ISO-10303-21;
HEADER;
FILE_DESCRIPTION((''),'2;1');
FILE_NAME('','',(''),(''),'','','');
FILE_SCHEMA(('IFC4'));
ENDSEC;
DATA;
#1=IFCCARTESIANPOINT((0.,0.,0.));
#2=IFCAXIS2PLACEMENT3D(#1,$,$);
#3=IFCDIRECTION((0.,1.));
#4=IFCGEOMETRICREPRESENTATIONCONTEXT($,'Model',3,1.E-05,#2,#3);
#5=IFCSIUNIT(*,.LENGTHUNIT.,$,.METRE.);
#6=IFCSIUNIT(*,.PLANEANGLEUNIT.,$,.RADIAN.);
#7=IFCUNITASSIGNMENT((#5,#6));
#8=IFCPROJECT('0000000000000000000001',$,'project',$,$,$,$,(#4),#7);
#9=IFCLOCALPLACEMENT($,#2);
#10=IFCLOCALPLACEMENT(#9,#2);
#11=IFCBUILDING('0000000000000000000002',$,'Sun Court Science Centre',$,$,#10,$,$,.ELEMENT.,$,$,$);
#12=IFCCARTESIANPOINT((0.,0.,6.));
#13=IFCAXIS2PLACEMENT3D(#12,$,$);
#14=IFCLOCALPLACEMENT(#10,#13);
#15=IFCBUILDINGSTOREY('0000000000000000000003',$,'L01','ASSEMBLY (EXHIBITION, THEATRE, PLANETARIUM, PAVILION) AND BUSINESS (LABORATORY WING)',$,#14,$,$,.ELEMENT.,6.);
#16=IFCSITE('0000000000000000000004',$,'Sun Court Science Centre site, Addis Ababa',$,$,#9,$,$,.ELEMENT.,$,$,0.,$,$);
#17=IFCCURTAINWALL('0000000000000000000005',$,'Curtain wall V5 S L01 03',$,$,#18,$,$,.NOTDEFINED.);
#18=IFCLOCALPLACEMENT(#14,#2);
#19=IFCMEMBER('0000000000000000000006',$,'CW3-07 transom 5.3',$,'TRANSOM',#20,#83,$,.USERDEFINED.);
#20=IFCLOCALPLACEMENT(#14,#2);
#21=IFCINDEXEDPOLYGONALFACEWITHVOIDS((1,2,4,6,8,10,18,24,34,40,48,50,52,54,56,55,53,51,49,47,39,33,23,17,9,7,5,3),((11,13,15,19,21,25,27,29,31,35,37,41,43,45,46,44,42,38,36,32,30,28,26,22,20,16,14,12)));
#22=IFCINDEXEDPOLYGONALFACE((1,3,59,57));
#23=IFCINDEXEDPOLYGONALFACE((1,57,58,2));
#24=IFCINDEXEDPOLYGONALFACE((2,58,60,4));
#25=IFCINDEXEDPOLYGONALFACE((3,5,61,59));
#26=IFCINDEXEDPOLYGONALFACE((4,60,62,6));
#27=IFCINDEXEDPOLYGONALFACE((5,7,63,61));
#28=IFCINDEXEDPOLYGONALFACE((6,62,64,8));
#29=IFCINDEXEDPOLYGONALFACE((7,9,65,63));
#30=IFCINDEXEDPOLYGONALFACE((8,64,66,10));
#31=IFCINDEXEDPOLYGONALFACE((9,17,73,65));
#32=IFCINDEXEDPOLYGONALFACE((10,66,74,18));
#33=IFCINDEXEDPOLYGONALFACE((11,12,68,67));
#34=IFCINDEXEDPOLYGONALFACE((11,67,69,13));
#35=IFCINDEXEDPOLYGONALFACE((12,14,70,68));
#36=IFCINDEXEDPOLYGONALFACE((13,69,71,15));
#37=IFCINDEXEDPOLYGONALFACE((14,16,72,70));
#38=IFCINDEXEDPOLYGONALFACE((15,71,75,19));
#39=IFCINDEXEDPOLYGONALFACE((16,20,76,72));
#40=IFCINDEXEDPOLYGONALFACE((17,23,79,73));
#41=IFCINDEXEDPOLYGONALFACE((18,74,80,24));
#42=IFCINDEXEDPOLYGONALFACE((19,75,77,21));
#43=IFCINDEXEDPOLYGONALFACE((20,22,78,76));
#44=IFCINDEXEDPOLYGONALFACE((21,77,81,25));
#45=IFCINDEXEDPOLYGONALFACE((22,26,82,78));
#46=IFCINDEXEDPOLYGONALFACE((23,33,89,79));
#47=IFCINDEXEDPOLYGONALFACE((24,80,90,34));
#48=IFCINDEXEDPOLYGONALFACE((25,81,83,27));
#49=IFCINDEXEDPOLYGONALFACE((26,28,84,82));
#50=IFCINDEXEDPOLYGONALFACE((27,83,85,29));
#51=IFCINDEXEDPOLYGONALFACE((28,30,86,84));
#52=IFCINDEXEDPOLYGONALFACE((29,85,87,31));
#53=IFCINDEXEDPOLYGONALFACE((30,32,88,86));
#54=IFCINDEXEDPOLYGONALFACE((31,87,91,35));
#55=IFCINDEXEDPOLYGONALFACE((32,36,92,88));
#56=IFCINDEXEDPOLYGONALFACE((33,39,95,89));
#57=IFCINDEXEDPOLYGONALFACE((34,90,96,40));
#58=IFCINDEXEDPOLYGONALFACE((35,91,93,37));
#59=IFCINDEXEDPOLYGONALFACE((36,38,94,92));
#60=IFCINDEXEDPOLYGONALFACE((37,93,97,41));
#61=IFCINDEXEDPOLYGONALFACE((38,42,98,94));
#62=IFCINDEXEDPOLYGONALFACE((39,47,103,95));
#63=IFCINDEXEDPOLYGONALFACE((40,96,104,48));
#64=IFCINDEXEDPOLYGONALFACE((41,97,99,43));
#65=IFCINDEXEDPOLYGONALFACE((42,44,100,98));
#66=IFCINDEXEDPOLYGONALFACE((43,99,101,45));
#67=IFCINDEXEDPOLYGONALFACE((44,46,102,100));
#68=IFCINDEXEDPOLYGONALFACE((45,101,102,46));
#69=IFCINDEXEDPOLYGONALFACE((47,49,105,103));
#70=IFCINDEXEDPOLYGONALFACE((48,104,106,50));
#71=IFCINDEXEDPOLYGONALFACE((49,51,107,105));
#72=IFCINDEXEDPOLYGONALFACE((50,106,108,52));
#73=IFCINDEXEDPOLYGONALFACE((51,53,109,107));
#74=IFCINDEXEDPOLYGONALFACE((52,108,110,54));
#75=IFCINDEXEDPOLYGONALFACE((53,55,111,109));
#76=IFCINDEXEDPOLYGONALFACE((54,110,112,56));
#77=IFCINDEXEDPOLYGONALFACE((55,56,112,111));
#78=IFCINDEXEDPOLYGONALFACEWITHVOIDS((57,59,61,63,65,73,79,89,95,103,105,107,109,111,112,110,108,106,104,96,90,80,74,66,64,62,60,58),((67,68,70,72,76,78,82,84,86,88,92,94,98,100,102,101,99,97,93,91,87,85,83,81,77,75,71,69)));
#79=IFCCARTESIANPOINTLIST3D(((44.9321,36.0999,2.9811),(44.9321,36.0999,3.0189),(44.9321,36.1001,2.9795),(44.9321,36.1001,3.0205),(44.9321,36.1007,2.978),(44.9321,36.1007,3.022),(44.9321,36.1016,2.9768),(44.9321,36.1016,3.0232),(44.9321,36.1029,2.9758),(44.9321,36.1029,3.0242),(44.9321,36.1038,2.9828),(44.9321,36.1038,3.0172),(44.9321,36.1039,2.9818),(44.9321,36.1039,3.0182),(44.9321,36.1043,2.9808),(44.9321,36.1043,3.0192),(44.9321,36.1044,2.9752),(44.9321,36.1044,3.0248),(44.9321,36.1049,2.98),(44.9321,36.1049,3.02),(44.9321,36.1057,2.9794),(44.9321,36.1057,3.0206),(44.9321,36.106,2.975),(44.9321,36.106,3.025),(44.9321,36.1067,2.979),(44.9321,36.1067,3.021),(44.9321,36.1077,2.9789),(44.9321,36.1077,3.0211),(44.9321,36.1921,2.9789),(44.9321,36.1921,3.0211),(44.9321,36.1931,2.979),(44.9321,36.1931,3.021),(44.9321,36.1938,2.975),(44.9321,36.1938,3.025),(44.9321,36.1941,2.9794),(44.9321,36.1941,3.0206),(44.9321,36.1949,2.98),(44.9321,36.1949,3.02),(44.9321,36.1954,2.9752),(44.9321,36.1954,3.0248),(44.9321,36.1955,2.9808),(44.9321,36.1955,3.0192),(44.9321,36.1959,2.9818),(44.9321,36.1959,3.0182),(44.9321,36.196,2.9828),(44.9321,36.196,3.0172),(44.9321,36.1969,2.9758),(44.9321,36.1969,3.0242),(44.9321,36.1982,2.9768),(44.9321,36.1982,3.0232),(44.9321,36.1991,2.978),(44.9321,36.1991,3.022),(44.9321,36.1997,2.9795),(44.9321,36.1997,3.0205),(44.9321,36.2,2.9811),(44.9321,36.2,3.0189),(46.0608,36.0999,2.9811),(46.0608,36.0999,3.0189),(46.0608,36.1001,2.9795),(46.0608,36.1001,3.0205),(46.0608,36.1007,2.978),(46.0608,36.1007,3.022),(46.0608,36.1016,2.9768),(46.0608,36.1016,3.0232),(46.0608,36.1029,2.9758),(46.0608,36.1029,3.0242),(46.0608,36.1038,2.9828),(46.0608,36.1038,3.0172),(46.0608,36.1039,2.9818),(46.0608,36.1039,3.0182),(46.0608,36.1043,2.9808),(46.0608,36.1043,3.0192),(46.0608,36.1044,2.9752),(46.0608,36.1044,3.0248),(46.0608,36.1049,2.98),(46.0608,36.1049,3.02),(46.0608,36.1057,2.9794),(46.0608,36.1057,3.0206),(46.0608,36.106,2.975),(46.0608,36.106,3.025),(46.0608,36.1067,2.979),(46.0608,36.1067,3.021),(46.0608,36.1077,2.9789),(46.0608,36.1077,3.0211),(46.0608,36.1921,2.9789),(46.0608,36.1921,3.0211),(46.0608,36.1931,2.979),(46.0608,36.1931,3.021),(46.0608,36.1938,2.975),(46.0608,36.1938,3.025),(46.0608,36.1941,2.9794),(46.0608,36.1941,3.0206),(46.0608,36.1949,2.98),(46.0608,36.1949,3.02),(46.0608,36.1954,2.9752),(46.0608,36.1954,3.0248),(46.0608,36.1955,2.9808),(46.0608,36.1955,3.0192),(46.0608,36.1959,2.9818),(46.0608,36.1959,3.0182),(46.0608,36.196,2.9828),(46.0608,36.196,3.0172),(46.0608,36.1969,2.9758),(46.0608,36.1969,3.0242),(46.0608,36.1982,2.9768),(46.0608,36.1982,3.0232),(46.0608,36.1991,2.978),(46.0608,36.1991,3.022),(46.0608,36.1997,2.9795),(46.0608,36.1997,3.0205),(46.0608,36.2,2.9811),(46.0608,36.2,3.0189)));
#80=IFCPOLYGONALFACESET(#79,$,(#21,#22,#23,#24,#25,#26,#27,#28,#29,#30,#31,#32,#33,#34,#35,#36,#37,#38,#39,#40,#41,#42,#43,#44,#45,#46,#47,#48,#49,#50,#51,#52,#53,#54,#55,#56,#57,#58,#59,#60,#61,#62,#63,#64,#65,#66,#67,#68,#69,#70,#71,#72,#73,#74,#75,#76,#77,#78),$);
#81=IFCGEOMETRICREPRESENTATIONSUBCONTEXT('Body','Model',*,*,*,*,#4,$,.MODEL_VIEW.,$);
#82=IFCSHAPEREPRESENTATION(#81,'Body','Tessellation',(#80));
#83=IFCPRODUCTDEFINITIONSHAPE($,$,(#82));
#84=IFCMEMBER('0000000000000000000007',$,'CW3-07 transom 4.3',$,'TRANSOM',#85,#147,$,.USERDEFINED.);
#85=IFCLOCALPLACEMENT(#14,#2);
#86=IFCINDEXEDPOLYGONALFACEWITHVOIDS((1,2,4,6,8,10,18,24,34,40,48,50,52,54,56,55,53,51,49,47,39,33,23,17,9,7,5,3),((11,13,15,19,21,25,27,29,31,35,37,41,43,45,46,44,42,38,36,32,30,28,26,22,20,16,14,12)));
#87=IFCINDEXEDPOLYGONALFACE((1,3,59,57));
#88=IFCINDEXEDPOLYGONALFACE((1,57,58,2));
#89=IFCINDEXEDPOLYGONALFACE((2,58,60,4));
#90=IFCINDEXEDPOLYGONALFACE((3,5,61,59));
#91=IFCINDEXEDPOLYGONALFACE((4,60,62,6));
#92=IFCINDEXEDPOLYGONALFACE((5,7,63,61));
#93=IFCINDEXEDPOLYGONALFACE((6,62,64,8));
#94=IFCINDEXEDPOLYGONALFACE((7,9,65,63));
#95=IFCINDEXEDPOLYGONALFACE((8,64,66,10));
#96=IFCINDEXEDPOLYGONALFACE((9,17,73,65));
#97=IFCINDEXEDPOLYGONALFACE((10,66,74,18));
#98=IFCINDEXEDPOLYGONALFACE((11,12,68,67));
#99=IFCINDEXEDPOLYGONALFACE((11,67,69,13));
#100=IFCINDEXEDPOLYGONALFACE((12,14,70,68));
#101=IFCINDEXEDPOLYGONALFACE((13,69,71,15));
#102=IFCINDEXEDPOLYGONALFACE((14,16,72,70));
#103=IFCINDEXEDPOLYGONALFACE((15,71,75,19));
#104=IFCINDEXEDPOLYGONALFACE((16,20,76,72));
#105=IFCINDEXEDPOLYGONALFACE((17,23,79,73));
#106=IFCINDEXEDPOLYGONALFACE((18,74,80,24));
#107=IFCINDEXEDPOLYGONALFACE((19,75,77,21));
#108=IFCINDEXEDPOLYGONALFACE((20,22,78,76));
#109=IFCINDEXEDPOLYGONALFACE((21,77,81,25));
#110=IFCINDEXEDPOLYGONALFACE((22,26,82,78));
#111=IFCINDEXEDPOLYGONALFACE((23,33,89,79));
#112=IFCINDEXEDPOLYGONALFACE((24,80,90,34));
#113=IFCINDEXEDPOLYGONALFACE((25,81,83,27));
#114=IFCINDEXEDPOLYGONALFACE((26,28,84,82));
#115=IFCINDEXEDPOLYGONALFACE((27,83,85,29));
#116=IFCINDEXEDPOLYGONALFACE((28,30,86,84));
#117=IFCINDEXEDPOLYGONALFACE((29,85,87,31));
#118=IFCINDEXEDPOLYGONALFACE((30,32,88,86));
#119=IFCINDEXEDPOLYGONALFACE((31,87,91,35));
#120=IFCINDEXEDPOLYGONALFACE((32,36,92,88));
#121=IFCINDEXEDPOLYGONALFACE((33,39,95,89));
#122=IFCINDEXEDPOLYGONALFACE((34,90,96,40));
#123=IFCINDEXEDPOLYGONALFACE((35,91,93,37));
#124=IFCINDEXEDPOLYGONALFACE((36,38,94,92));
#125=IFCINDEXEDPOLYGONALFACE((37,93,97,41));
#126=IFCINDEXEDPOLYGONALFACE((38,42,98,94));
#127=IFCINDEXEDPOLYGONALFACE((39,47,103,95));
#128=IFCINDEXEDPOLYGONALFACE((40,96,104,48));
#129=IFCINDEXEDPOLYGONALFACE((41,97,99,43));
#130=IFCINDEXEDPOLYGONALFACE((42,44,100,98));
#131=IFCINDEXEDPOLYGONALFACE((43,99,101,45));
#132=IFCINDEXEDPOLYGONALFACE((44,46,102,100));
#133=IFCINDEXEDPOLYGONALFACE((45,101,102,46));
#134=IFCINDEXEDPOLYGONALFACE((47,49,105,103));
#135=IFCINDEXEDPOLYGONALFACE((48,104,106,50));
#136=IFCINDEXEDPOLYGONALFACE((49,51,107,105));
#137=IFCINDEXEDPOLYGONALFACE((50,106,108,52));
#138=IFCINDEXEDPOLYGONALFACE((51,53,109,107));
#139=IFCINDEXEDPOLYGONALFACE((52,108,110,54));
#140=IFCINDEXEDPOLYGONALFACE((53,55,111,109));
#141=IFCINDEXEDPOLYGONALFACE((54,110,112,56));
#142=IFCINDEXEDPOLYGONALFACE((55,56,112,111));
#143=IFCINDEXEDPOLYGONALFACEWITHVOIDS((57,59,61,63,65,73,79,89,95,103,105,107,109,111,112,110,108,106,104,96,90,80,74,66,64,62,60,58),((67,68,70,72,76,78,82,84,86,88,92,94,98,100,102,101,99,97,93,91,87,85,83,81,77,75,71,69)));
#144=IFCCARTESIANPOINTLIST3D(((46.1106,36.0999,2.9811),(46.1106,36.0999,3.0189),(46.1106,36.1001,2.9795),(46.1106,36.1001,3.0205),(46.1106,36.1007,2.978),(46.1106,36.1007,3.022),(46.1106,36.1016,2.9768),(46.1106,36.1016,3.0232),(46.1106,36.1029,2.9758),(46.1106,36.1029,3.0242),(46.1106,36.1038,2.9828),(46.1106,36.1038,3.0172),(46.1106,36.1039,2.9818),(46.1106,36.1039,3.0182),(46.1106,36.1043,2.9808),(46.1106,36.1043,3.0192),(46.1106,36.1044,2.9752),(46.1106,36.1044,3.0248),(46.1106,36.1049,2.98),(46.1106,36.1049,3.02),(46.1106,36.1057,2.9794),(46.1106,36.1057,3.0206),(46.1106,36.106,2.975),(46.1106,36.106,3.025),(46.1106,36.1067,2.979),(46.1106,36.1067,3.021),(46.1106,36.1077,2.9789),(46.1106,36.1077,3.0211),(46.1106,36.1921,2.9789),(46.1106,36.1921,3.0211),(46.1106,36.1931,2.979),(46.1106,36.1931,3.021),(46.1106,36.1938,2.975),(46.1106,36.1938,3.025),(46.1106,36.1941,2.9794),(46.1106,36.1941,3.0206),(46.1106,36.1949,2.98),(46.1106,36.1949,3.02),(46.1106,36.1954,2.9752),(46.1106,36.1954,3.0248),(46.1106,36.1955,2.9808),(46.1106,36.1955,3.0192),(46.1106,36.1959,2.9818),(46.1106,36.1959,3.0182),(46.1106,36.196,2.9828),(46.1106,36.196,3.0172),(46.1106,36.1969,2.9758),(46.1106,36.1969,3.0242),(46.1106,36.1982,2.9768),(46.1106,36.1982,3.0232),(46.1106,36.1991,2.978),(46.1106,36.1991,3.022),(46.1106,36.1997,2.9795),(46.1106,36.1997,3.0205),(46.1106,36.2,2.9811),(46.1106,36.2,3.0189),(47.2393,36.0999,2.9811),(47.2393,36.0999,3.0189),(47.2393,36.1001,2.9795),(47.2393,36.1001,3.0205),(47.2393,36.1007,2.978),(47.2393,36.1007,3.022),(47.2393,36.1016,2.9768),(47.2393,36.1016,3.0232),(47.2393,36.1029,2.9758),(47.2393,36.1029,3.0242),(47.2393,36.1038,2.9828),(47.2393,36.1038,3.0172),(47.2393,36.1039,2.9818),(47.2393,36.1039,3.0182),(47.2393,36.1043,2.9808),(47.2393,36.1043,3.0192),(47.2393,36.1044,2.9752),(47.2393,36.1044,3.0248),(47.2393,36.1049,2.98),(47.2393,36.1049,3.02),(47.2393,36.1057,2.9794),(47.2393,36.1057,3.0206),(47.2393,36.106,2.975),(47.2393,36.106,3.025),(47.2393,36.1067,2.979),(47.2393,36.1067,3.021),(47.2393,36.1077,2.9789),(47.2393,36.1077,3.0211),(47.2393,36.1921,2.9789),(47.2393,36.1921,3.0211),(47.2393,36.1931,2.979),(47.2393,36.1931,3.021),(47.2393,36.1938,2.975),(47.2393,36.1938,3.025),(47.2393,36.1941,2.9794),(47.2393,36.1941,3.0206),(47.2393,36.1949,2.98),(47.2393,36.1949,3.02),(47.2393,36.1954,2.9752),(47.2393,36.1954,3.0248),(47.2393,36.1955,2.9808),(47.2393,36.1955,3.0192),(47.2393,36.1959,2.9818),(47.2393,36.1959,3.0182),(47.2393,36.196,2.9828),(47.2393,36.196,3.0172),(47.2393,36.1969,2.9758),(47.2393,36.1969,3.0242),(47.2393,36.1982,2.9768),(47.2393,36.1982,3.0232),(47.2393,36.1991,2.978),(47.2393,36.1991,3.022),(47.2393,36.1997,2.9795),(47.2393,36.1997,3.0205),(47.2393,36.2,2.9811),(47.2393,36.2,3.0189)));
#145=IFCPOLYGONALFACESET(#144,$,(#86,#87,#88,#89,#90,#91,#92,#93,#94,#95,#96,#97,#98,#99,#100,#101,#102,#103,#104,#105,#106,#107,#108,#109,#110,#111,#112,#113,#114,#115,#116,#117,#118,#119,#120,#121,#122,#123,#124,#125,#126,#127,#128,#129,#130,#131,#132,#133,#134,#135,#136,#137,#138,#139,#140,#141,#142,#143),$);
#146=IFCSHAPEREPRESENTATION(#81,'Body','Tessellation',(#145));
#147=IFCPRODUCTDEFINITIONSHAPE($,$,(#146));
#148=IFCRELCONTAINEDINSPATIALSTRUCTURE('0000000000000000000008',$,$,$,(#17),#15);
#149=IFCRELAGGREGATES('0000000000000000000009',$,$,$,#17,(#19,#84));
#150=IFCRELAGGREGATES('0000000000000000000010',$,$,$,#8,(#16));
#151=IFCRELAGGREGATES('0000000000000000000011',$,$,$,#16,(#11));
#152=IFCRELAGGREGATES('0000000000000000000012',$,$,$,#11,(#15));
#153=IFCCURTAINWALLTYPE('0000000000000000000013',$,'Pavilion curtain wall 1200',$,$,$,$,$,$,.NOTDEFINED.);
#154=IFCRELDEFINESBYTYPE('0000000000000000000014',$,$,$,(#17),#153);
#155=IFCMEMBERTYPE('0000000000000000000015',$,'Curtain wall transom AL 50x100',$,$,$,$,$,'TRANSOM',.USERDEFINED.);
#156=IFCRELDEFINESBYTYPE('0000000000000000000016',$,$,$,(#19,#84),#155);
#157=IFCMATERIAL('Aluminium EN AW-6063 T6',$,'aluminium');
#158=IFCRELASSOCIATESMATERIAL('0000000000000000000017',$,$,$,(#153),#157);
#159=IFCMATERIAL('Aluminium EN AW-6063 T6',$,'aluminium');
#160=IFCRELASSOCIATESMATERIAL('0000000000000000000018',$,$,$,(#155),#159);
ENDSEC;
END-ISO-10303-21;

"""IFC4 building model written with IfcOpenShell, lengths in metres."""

from ifc_helpers import new_model, si_unit, direction, frame, origin, origin_2d, place, context, subcontext, project, spatial, hollow_rectangle, extrude, material, material_profile, profile_set, type_object, element, aggregate, save


model = new_model("IFC4")

# Units and contexts
model_context = context("Model", 3, precision=1e-05, world=origin(), true_north=direction((0.0, 1.0)))
body_context = subcontext(model_context, "Body", "Model", "MODEL_VIEW")
ifc_project = project(units=[si_unit("LENGTHUNIT", "METRE"), si_unit("PLANEANGLEUNIT", "RADIAN")], contexts=[model_context])

# Site, building, storey
site_placement = place(None, origin())
site = spatial("IfcSite", under=ifc_project, at=site_placement, Name="Sun Court Science Centre site, Addis Ababa", CompositionType="ELEMENT", RefElevation=0.0)
building_placement = place(site_placement, origin())
building = spatial("IfcBuilding", under=site, at=building_placement, Name="Sun Court Science Centre", CompositionType="ELEMENT")
storey_placement = place(building_placement, frame((0.0, 0.0, 6.0)))
storey = spatial("IfcBuildingStorey", under=building, at=storey_placement, Name="L01", Description="ASSEMBLY (EXHIBITION, THEATRE, PLANETARIUM, PAVILION) AND BUSINESS (LABORATORY WING)", CompositionType="ELEMENT", Elevation=6.0)

# Curtain wall
ifc_material_1 = material(Name="Aluminium EN AW-6063 T6", Category="aluminium")
curtain_wall_type_1 = type_object("IfcCurtainWallType", Name="Pavilion curtain wall 1200", PredefinedType="NOTDEFINED", material=ifc_material_1)
curtain_wall_1_placement = place(storey_placement, origin())
curtain_wall_1 = element("IfcCurtainWall", 1, at=curtain_wall_1_placement, inside=storey, type_object=curtain_wall_type_1, Name="Curtain wall V5 S L01 03", PredefinedType="NOTDEFINED")

# Members
ifc_material_2 = material(Name="Aluminium EN AW-6063 T6", Category="aluminium")
ifc_material_profile_1 = material_profile(ifc_material_2, hollow_rectangle(XDim=0.05, YDim=0.1001, WallThickness=0.0039, InnerFilletRadius=0.0039, OuterFilletRadius=0.0061, at=origin_2d()), Name="AL 50x100x4")
ifc_profile_set_1 = profile_set([ifc_material_profile_1], Name="Aluminium EN AW-6063 T6")
member_type_1 = type_object("IfcMemberType", Name="Curtain wall transom AL 50x100", ElementType="TRANSOM", PredefinedType="USERDEFINED", material=ifc_profile_set_1)
member_1_placement = place(storey_placement, frame((46.0608, 36.1499, 3.0), z_axis=(-1.0, 0.0, 0.0), x_axis=(0.0, 0.0, 1.0)))
member_1 = element("IfcMember", 2, at=member_1_placement, type_object=member_type_1, Name="CW3-07 transom 5.3", ObjectType="TRANSOM", PredefinedType="USERDEFINED", context=body_context, shape_type="SweptSolid", body=[
    extrude(hollow_rectangle(XDim=0.05, YDim=0.1001, WallThickness=0.0039, InnerFilletRadius=0.0039, OuterFilletRadius=0.0061, at=origin_2d()), origin(), (0.0, 0.0, 1.0), 1.1287),
])
member_2_placement = place(storey_placement, frame((47.2393, 36.1499, 3.0), z_axis=(-1.0, 0.0, 0.0), x_axis=(0.0, 0.0, 1.0)))
member_2 = element("IfcMember", 3, at=member_2_placement, type_object=member_type_1, Name="CW3-07 transom 4.3", ObjectType="TRANSOM", PredefinedType="USERDEFINED", context=body_context, shape_type="SweptSolid", body=[
    extrude(hollow_rectangle(XDim=0.05, YDim=0.1001, WallThickness=0.0039, InnerFilletRadius=0.0039, OuterFilletRadius=0.0061, at=origin_2d()), origin(), (0.0, 0.0, 1.0), 1.1287),
])

aggregate(curtain_wall_1, [member_1, member_2])

save(model, "model.ifc")
